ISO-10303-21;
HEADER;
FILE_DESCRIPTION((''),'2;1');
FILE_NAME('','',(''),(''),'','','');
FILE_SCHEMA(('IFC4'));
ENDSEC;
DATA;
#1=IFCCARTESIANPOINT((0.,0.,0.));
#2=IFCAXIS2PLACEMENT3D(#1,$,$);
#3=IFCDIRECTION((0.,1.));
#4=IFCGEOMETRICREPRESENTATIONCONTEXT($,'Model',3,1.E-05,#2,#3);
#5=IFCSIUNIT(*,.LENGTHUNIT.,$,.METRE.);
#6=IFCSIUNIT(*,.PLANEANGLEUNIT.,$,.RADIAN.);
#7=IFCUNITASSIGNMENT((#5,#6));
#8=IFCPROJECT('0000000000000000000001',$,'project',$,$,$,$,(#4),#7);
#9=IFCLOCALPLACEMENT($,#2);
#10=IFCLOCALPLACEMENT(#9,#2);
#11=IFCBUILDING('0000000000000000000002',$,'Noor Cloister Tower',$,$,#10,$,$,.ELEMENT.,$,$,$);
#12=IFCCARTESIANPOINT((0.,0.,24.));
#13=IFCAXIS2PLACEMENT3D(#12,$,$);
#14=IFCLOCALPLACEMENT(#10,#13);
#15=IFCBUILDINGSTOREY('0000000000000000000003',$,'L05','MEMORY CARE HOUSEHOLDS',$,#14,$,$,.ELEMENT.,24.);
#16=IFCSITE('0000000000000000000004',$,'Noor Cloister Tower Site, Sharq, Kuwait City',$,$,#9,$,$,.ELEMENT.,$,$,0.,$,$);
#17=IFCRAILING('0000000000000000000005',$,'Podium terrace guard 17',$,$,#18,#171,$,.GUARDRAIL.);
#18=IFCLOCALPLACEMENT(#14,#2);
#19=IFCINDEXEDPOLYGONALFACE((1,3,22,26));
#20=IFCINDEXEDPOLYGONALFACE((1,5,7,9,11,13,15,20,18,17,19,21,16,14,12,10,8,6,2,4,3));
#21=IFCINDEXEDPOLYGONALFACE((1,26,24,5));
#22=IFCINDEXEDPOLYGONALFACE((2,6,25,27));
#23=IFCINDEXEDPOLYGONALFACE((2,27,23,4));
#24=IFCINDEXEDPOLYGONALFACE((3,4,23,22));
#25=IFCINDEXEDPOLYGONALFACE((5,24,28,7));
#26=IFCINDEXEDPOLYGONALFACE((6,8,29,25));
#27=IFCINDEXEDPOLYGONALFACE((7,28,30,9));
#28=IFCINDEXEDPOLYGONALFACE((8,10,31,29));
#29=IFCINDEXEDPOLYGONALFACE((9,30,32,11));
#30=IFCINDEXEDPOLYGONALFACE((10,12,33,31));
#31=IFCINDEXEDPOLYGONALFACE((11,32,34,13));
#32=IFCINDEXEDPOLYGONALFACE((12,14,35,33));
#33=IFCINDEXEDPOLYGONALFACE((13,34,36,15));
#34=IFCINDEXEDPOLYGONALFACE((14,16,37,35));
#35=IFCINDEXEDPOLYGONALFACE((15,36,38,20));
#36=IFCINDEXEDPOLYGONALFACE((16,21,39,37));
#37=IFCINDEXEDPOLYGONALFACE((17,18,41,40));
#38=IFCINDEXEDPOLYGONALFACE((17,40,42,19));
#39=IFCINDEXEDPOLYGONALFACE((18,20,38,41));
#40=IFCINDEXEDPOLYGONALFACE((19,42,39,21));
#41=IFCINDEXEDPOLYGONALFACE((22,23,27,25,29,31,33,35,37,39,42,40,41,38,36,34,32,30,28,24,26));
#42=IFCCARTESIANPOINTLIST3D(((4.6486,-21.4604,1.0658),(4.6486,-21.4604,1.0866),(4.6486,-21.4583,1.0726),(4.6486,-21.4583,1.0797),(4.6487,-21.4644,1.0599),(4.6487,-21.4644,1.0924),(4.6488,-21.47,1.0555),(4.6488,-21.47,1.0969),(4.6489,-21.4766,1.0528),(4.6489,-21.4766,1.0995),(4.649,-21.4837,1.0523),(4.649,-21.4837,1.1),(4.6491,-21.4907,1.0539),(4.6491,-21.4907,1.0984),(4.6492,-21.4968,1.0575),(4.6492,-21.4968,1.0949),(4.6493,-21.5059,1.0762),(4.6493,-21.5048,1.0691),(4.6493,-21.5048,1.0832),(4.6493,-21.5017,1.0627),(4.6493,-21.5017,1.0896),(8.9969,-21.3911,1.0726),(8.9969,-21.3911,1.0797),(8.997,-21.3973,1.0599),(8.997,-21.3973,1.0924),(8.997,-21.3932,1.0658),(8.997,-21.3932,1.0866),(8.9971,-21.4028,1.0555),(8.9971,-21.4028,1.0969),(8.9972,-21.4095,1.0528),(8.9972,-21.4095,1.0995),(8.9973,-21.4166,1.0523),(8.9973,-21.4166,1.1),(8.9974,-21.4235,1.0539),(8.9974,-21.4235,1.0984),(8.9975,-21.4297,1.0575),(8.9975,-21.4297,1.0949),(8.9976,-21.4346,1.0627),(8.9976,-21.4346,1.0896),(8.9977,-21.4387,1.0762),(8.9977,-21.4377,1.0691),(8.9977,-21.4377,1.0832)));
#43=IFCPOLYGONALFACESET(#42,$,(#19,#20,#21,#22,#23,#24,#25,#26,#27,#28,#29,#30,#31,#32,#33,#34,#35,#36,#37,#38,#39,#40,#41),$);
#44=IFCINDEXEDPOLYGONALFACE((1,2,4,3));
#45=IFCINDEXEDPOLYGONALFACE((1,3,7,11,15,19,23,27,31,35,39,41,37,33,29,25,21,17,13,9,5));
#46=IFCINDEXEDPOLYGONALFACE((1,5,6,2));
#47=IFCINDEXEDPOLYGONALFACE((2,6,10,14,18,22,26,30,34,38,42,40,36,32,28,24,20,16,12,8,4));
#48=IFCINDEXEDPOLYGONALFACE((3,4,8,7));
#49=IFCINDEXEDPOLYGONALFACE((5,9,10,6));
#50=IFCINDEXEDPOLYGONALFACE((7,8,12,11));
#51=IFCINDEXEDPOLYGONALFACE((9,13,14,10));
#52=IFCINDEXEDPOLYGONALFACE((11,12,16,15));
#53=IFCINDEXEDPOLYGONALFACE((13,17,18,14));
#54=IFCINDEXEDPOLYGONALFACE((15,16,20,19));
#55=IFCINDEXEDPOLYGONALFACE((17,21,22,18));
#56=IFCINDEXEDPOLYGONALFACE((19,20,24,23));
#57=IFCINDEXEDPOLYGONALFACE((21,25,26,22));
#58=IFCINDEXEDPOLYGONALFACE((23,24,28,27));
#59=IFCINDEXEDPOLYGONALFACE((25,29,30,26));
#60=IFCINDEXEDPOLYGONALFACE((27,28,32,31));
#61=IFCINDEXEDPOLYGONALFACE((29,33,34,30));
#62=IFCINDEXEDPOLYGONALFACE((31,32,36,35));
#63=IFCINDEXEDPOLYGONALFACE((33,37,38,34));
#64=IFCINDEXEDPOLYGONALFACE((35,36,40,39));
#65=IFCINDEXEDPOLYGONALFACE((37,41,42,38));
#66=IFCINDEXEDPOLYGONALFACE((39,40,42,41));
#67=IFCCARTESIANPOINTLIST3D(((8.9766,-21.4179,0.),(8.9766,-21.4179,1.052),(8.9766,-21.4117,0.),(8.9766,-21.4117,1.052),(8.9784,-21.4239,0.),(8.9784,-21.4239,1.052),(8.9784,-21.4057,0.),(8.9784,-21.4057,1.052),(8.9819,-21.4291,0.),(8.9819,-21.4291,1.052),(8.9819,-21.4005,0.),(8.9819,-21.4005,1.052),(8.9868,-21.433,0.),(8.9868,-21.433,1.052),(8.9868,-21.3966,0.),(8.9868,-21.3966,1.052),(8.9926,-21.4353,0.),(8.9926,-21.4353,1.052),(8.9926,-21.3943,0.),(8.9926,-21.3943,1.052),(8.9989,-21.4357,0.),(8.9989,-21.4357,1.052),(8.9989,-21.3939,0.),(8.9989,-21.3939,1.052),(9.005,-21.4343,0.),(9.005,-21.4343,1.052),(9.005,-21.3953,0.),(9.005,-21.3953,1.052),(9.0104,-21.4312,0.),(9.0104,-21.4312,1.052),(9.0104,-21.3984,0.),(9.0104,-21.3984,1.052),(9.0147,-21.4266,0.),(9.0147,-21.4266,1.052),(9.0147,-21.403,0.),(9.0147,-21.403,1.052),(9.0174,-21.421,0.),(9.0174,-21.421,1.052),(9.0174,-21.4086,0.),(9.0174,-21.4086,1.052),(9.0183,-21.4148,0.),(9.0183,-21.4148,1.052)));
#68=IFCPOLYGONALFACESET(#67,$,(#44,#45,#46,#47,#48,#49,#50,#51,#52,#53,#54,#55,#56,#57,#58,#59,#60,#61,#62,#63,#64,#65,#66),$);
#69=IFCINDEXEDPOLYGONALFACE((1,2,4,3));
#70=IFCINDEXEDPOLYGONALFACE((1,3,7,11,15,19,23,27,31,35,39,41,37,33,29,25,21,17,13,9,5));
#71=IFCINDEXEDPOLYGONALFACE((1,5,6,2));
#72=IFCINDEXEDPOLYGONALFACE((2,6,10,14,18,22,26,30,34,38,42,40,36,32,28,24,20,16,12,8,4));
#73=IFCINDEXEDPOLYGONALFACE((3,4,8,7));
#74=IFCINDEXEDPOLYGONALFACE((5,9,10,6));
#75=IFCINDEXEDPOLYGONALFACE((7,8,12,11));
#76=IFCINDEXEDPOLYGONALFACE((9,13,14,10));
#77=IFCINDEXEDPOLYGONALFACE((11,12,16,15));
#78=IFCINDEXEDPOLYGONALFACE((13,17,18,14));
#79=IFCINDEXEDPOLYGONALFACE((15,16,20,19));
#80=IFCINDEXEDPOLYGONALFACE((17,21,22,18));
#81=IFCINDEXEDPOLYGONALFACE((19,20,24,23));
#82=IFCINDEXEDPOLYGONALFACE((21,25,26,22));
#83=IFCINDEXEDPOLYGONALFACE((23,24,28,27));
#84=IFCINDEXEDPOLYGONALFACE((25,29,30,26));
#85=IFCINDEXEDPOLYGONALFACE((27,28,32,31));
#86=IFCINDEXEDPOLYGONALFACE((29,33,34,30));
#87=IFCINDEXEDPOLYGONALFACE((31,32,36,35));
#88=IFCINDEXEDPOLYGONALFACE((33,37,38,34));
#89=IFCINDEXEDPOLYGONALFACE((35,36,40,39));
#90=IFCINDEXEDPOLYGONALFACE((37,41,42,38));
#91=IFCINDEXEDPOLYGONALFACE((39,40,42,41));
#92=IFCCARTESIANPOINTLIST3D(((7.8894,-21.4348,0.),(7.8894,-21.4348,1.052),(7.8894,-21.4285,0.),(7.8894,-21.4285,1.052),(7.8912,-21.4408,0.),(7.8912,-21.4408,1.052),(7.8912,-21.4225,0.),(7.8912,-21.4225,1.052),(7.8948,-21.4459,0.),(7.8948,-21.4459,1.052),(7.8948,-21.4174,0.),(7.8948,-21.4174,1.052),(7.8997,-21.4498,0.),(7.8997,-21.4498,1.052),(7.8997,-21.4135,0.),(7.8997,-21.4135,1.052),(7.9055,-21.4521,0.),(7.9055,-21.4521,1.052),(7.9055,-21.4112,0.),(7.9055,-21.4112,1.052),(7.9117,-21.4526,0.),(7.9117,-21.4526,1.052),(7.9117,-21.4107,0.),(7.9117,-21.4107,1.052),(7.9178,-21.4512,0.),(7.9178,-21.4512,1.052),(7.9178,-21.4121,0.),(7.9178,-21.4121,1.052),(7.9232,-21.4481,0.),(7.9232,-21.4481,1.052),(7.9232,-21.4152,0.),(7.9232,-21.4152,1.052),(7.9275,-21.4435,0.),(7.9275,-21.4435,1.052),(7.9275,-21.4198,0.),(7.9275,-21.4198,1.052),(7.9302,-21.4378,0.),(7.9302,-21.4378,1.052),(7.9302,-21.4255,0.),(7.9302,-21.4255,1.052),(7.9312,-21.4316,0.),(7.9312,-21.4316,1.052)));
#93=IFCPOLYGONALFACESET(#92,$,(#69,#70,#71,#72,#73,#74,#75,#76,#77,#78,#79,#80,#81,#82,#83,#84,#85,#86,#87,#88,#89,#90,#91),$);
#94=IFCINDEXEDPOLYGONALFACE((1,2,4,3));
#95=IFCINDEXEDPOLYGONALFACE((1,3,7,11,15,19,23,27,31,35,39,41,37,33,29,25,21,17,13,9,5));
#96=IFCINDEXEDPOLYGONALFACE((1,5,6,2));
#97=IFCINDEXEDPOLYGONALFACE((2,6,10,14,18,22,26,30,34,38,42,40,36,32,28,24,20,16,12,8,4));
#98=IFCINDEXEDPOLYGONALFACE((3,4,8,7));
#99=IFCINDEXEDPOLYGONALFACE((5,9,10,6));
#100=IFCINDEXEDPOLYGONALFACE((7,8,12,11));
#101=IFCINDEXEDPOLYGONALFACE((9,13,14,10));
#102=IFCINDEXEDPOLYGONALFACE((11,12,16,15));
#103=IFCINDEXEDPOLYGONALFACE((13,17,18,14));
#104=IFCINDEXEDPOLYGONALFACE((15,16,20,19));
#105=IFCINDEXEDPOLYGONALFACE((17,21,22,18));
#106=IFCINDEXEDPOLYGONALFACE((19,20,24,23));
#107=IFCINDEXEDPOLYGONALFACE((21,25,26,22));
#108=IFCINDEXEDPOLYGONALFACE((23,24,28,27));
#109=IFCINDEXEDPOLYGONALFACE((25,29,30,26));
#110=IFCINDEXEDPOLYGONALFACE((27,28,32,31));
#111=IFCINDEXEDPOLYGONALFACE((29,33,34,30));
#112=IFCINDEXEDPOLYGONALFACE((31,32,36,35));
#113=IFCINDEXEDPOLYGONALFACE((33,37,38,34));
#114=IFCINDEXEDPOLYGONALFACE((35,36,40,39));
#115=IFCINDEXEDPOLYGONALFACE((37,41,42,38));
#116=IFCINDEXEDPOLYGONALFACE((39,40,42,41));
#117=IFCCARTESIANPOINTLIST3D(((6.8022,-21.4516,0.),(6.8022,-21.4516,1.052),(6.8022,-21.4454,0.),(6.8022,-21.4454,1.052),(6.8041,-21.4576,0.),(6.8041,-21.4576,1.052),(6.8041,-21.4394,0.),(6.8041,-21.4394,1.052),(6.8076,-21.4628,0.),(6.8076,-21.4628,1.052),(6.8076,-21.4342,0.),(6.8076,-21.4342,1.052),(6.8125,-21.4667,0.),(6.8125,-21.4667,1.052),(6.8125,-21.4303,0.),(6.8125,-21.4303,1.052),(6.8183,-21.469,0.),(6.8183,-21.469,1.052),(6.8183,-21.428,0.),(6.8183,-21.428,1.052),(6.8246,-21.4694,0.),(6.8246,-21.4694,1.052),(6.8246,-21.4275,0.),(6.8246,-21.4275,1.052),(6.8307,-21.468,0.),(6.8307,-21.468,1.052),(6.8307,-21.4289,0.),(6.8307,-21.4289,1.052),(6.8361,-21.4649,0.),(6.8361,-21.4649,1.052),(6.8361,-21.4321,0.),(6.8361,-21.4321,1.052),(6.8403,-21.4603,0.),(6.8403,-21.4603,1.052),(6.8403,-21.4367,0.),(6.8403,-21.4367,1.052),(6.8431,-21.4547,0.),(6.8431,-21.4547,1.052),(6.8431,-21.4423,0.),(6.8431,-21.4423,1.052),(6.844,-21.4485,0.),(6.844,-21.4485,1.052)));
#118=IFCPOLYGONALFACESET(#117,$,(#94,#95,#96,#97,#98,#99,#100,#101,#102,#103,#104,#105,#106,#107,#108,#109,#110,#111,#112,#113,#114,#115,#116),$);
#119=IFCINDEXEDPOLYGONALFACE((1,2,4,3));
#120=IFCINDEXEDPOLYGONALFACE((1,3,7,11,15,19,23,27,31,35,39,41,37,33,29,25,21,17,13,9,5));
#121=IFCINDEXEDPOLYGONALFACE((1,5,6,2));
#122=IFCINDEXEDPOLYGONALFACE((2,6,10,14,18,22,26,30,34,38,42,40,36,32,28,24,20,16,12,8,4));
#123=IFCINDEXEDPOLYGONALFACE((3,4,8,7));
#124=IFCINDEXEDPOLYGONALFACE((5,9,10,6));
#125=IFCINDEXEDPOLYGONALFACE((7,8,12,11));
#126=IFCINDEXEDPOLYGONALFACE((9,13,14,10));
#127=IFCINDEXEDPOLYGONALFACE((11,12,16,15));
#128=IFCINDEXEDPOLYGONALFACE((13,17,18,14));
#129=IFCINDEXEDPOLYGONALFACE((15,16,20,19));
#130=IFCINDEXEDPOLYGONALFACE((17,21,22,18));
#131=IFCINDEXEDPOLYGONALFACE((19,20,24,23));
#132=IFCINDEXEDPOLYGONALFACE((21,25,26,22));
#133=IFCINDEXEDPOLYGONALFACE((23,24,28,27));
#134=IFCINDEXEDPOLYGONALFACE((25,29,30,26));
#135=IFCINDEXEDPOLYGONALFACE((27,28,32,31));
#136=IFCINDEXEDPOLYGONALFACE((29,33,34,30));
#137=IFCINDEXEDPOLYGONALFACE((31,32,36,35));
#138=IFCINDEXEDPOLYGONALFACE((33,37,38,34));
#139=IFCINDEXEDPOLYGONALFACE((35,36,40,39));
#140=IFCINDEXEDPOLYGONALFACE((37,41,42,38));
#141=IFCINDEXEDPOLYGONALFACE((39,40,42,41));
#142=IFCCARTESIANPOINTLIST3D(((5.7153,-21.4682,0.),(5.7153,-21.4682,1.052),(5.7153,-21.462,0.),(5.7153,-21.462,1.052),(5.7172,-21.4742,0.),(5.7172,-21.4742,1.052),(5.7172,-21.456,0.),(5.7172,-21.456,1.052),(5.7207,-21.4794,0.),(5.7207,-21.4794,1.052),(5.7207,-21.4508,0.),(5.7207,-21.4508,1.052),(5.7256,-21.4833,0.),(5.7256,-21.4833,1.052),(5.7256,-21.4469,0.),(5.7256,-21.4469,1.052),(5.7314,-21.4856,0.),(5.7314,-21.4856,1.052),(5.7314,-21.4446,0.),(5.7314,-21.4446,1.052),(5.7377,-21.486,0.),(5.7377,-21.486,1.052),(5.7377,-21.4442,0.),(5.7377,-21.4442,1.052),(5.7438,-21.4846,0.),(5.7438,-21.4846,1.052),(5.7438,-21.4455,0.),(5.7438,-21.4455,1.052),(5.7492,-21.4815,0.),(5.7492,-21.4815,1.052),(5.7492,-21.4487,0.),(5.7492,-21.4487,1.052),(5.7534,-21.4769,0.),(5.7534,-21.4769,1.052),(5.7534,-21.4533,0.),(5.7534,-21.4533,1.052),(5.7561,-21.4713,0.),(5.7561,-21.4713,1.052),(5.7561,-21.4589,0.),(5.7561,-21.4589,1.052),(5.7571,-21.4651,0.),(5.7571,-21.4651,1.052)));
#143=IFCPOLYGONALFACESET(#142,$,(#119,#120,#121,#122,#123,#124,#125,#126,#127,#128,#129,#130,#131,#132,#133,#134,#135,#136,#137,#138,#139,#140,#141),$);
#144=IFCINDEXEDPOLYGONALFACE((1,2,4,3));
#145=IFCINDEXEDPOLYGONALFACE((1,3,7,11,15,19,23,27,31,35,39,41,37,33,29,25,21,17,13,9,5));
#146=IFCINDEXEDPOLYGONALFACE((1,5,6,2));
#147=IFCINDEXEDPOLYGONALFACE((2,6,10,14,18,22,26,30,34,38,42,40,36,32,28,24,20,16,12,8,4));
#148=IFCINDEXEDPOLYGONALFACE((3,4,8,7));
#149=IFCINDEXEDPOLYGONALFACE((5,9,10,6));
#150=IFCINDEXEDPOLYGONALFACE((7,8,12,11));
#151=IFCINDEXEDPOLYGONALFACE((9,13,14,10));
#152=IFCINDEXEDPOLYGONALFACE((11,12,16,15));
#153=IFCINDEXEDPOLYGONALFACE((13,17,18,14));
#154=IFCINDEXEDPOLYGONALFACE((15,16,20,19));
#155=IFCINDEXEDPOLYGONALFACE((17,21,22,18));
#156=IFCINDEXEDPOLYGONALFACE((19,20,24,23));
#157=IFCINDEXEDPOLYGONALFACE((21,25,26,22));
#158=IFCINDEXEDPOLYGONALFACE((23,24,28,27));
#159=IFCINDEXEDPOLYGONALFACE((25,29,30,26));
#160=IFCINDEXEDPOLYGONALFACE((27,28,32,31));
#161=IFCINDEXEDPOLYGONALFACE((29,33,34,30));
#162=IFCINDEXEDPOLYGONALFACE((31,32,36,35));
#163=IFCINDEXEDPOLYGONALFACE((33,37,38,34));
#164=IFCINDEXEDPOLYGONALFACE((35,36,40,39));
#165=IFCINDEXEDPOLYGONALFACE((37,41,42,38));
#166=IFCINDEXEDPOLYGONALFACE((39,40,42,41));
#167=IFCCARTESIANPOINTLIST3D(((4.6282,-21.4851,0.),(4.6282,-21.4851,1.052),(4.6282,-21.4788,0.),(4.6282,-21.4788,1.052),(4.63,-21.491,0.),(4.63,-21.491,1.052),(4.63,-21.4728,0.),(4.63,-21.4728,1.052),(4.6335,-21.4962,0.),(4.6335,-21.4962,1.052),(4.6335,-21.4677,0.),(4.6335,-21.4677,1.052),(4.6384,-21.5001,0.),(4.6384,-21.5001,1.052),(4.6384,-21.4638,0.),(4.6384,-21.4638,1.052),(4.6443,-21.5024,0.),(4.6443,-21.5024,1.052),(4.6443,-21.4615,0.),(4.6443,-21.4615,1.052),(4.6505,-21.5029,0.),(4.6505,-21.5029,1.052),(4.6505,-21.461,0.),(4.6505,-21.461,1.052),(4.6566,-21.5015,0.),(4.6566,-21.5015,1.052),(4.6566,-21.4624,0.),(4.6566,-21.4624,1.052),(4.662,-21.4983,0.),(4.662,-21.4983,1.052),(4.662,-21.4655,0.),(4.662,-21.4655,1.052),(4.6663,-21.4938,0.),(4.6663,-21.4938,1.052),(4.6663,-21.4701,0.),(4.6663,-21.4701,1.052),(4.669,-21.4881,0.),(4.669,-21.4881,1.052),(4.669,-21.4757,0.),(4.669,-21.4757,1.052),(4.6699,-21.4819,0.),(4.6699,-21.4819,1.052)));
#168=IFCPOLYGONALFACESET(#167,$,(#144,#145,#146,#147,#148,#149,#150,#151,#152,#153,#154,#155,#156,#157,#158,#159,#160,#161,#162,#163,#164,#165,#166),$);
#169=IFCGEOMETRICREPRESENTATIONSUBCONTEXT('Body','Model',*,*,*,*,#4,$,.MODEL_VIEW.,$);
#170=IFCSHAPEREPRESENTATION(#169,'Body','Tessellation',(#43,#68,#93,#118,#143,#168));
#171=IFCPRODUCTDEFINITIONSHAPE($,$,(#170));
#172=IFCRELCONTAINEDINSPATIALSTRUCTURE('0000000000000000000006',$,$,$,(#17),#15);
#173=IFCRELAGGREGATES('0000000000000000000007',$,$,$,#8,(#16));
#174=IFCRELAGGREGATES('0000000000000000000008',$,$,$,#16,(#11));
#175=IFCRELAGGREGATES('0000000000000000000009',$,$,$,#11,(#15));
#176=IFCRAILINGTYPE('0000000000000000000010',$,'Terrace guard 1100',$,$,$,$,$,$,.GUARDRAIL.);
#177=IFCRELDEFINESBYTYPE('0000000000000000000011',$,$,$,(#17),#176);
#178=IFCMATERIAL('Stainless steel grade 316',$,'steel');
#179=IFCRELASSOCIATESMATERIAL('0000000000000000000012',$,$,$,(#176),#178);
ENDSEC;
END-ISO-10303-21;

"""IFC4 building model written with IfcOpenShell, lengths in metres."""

from ifc_helpers import new_model, si_unit, direction, frame, origin, origin_2d, place, context, subcontext, project, spatial, circle, extrude, material, type_object, element, save


model = new_model("IFC4")

# Units and contexts
model_context = context("Model", 3, precision=1e-05, world=origin(), true_north=direction((0.0, 1.0)))
body_context = subcontext(model_context, "Body", "Model", "MODEL_VIEW")
ifc_project = project(units=[si_unit("LENGTHUNIT", "METRE"), si_unit("PLANEANGLEUNIT", "RADIAN")], contexts=[model_context])

# Site, building, storey
site_placement = place(None, origin())
site = spatial("IfcSite", under=ifc_project, at=site_placement, Name="Noor Cloister Tower Site, Sharq, Kuwait City", CompositionType="ELEMENT", RefElevation=0.0)
building_placement = place(site_placement, origin())
building = spatial("IfcBuilding", under=site, at=building_placement, Name="Noor Cloister Tower", CompositionType="ELEMENT")
storey_placement = place(building_placement, frame((0.0, 0.0, 24.0)))
storey = spatial("IfcBuildingStorey", under=building, at=storey_placement, Name="L05", Description="MEMORY CARE HOUSEHOLDS", CompositionType="ELEMENT", Elevation=24.0)

# Railing
ifc_material_1 = material(Name="Stainless steel grade 316", Category="steel")
railing_type = type_object("IfcRailingType", Name="Terrace guard 1100", PredefinedType="GUARDRAIL", material=ifc_material_1)
railing_1_placement = place(storey_placement, frame((8.9973, -21.4148, 0.0)))
element("IfcRailing", 1, at=railing_1_placement, inside=storey, type_object=railing_type, Name="Podium terrace guard 17", PredefinedType="GUARDRAIL", context=body_context, shape_type="SweptSolid", body=[
    extrude(circle(Radius=0.0239, at=origin_2d()), frame((0.0, 0.0, 1.0762), z_axis=(-0.999881, -0.015438, 0.0), x_axis=(0.015438, -0.999881, 0.0)), (0.0, 0.0, 1.0), 4.3489),
    extrude(circle(Radius=0.021, at=origin_2d()), origin(), (0.0, 0.0, 1.0), 1.052),
    extrude(circle(Radius=0.021, at=origin_2d()), frame((-1.0872, -0.0168, 0.0)), (0.0, 0.0, 1.0), 1.052),
    extrude(circle(Radius=0.021, at=origin_2d()), frame((-2.1743, -0.0337, 0.0)), (0.0, 0.0, 1.0), 1.052),
    extrude(circle(Radius=0.021, at=origin_2d()), frame((-3.2612, -0.0503, 0.0)), (0.0, 0.0, 1.0), 1.052),
    extrude(circle(Radius=0.021, at=origin_2d()), frame((-4.3484, -0.0671, 0.0)), (0.0, 0.0, 1.0), 1.052),
])

save(model, "model.ifc")
